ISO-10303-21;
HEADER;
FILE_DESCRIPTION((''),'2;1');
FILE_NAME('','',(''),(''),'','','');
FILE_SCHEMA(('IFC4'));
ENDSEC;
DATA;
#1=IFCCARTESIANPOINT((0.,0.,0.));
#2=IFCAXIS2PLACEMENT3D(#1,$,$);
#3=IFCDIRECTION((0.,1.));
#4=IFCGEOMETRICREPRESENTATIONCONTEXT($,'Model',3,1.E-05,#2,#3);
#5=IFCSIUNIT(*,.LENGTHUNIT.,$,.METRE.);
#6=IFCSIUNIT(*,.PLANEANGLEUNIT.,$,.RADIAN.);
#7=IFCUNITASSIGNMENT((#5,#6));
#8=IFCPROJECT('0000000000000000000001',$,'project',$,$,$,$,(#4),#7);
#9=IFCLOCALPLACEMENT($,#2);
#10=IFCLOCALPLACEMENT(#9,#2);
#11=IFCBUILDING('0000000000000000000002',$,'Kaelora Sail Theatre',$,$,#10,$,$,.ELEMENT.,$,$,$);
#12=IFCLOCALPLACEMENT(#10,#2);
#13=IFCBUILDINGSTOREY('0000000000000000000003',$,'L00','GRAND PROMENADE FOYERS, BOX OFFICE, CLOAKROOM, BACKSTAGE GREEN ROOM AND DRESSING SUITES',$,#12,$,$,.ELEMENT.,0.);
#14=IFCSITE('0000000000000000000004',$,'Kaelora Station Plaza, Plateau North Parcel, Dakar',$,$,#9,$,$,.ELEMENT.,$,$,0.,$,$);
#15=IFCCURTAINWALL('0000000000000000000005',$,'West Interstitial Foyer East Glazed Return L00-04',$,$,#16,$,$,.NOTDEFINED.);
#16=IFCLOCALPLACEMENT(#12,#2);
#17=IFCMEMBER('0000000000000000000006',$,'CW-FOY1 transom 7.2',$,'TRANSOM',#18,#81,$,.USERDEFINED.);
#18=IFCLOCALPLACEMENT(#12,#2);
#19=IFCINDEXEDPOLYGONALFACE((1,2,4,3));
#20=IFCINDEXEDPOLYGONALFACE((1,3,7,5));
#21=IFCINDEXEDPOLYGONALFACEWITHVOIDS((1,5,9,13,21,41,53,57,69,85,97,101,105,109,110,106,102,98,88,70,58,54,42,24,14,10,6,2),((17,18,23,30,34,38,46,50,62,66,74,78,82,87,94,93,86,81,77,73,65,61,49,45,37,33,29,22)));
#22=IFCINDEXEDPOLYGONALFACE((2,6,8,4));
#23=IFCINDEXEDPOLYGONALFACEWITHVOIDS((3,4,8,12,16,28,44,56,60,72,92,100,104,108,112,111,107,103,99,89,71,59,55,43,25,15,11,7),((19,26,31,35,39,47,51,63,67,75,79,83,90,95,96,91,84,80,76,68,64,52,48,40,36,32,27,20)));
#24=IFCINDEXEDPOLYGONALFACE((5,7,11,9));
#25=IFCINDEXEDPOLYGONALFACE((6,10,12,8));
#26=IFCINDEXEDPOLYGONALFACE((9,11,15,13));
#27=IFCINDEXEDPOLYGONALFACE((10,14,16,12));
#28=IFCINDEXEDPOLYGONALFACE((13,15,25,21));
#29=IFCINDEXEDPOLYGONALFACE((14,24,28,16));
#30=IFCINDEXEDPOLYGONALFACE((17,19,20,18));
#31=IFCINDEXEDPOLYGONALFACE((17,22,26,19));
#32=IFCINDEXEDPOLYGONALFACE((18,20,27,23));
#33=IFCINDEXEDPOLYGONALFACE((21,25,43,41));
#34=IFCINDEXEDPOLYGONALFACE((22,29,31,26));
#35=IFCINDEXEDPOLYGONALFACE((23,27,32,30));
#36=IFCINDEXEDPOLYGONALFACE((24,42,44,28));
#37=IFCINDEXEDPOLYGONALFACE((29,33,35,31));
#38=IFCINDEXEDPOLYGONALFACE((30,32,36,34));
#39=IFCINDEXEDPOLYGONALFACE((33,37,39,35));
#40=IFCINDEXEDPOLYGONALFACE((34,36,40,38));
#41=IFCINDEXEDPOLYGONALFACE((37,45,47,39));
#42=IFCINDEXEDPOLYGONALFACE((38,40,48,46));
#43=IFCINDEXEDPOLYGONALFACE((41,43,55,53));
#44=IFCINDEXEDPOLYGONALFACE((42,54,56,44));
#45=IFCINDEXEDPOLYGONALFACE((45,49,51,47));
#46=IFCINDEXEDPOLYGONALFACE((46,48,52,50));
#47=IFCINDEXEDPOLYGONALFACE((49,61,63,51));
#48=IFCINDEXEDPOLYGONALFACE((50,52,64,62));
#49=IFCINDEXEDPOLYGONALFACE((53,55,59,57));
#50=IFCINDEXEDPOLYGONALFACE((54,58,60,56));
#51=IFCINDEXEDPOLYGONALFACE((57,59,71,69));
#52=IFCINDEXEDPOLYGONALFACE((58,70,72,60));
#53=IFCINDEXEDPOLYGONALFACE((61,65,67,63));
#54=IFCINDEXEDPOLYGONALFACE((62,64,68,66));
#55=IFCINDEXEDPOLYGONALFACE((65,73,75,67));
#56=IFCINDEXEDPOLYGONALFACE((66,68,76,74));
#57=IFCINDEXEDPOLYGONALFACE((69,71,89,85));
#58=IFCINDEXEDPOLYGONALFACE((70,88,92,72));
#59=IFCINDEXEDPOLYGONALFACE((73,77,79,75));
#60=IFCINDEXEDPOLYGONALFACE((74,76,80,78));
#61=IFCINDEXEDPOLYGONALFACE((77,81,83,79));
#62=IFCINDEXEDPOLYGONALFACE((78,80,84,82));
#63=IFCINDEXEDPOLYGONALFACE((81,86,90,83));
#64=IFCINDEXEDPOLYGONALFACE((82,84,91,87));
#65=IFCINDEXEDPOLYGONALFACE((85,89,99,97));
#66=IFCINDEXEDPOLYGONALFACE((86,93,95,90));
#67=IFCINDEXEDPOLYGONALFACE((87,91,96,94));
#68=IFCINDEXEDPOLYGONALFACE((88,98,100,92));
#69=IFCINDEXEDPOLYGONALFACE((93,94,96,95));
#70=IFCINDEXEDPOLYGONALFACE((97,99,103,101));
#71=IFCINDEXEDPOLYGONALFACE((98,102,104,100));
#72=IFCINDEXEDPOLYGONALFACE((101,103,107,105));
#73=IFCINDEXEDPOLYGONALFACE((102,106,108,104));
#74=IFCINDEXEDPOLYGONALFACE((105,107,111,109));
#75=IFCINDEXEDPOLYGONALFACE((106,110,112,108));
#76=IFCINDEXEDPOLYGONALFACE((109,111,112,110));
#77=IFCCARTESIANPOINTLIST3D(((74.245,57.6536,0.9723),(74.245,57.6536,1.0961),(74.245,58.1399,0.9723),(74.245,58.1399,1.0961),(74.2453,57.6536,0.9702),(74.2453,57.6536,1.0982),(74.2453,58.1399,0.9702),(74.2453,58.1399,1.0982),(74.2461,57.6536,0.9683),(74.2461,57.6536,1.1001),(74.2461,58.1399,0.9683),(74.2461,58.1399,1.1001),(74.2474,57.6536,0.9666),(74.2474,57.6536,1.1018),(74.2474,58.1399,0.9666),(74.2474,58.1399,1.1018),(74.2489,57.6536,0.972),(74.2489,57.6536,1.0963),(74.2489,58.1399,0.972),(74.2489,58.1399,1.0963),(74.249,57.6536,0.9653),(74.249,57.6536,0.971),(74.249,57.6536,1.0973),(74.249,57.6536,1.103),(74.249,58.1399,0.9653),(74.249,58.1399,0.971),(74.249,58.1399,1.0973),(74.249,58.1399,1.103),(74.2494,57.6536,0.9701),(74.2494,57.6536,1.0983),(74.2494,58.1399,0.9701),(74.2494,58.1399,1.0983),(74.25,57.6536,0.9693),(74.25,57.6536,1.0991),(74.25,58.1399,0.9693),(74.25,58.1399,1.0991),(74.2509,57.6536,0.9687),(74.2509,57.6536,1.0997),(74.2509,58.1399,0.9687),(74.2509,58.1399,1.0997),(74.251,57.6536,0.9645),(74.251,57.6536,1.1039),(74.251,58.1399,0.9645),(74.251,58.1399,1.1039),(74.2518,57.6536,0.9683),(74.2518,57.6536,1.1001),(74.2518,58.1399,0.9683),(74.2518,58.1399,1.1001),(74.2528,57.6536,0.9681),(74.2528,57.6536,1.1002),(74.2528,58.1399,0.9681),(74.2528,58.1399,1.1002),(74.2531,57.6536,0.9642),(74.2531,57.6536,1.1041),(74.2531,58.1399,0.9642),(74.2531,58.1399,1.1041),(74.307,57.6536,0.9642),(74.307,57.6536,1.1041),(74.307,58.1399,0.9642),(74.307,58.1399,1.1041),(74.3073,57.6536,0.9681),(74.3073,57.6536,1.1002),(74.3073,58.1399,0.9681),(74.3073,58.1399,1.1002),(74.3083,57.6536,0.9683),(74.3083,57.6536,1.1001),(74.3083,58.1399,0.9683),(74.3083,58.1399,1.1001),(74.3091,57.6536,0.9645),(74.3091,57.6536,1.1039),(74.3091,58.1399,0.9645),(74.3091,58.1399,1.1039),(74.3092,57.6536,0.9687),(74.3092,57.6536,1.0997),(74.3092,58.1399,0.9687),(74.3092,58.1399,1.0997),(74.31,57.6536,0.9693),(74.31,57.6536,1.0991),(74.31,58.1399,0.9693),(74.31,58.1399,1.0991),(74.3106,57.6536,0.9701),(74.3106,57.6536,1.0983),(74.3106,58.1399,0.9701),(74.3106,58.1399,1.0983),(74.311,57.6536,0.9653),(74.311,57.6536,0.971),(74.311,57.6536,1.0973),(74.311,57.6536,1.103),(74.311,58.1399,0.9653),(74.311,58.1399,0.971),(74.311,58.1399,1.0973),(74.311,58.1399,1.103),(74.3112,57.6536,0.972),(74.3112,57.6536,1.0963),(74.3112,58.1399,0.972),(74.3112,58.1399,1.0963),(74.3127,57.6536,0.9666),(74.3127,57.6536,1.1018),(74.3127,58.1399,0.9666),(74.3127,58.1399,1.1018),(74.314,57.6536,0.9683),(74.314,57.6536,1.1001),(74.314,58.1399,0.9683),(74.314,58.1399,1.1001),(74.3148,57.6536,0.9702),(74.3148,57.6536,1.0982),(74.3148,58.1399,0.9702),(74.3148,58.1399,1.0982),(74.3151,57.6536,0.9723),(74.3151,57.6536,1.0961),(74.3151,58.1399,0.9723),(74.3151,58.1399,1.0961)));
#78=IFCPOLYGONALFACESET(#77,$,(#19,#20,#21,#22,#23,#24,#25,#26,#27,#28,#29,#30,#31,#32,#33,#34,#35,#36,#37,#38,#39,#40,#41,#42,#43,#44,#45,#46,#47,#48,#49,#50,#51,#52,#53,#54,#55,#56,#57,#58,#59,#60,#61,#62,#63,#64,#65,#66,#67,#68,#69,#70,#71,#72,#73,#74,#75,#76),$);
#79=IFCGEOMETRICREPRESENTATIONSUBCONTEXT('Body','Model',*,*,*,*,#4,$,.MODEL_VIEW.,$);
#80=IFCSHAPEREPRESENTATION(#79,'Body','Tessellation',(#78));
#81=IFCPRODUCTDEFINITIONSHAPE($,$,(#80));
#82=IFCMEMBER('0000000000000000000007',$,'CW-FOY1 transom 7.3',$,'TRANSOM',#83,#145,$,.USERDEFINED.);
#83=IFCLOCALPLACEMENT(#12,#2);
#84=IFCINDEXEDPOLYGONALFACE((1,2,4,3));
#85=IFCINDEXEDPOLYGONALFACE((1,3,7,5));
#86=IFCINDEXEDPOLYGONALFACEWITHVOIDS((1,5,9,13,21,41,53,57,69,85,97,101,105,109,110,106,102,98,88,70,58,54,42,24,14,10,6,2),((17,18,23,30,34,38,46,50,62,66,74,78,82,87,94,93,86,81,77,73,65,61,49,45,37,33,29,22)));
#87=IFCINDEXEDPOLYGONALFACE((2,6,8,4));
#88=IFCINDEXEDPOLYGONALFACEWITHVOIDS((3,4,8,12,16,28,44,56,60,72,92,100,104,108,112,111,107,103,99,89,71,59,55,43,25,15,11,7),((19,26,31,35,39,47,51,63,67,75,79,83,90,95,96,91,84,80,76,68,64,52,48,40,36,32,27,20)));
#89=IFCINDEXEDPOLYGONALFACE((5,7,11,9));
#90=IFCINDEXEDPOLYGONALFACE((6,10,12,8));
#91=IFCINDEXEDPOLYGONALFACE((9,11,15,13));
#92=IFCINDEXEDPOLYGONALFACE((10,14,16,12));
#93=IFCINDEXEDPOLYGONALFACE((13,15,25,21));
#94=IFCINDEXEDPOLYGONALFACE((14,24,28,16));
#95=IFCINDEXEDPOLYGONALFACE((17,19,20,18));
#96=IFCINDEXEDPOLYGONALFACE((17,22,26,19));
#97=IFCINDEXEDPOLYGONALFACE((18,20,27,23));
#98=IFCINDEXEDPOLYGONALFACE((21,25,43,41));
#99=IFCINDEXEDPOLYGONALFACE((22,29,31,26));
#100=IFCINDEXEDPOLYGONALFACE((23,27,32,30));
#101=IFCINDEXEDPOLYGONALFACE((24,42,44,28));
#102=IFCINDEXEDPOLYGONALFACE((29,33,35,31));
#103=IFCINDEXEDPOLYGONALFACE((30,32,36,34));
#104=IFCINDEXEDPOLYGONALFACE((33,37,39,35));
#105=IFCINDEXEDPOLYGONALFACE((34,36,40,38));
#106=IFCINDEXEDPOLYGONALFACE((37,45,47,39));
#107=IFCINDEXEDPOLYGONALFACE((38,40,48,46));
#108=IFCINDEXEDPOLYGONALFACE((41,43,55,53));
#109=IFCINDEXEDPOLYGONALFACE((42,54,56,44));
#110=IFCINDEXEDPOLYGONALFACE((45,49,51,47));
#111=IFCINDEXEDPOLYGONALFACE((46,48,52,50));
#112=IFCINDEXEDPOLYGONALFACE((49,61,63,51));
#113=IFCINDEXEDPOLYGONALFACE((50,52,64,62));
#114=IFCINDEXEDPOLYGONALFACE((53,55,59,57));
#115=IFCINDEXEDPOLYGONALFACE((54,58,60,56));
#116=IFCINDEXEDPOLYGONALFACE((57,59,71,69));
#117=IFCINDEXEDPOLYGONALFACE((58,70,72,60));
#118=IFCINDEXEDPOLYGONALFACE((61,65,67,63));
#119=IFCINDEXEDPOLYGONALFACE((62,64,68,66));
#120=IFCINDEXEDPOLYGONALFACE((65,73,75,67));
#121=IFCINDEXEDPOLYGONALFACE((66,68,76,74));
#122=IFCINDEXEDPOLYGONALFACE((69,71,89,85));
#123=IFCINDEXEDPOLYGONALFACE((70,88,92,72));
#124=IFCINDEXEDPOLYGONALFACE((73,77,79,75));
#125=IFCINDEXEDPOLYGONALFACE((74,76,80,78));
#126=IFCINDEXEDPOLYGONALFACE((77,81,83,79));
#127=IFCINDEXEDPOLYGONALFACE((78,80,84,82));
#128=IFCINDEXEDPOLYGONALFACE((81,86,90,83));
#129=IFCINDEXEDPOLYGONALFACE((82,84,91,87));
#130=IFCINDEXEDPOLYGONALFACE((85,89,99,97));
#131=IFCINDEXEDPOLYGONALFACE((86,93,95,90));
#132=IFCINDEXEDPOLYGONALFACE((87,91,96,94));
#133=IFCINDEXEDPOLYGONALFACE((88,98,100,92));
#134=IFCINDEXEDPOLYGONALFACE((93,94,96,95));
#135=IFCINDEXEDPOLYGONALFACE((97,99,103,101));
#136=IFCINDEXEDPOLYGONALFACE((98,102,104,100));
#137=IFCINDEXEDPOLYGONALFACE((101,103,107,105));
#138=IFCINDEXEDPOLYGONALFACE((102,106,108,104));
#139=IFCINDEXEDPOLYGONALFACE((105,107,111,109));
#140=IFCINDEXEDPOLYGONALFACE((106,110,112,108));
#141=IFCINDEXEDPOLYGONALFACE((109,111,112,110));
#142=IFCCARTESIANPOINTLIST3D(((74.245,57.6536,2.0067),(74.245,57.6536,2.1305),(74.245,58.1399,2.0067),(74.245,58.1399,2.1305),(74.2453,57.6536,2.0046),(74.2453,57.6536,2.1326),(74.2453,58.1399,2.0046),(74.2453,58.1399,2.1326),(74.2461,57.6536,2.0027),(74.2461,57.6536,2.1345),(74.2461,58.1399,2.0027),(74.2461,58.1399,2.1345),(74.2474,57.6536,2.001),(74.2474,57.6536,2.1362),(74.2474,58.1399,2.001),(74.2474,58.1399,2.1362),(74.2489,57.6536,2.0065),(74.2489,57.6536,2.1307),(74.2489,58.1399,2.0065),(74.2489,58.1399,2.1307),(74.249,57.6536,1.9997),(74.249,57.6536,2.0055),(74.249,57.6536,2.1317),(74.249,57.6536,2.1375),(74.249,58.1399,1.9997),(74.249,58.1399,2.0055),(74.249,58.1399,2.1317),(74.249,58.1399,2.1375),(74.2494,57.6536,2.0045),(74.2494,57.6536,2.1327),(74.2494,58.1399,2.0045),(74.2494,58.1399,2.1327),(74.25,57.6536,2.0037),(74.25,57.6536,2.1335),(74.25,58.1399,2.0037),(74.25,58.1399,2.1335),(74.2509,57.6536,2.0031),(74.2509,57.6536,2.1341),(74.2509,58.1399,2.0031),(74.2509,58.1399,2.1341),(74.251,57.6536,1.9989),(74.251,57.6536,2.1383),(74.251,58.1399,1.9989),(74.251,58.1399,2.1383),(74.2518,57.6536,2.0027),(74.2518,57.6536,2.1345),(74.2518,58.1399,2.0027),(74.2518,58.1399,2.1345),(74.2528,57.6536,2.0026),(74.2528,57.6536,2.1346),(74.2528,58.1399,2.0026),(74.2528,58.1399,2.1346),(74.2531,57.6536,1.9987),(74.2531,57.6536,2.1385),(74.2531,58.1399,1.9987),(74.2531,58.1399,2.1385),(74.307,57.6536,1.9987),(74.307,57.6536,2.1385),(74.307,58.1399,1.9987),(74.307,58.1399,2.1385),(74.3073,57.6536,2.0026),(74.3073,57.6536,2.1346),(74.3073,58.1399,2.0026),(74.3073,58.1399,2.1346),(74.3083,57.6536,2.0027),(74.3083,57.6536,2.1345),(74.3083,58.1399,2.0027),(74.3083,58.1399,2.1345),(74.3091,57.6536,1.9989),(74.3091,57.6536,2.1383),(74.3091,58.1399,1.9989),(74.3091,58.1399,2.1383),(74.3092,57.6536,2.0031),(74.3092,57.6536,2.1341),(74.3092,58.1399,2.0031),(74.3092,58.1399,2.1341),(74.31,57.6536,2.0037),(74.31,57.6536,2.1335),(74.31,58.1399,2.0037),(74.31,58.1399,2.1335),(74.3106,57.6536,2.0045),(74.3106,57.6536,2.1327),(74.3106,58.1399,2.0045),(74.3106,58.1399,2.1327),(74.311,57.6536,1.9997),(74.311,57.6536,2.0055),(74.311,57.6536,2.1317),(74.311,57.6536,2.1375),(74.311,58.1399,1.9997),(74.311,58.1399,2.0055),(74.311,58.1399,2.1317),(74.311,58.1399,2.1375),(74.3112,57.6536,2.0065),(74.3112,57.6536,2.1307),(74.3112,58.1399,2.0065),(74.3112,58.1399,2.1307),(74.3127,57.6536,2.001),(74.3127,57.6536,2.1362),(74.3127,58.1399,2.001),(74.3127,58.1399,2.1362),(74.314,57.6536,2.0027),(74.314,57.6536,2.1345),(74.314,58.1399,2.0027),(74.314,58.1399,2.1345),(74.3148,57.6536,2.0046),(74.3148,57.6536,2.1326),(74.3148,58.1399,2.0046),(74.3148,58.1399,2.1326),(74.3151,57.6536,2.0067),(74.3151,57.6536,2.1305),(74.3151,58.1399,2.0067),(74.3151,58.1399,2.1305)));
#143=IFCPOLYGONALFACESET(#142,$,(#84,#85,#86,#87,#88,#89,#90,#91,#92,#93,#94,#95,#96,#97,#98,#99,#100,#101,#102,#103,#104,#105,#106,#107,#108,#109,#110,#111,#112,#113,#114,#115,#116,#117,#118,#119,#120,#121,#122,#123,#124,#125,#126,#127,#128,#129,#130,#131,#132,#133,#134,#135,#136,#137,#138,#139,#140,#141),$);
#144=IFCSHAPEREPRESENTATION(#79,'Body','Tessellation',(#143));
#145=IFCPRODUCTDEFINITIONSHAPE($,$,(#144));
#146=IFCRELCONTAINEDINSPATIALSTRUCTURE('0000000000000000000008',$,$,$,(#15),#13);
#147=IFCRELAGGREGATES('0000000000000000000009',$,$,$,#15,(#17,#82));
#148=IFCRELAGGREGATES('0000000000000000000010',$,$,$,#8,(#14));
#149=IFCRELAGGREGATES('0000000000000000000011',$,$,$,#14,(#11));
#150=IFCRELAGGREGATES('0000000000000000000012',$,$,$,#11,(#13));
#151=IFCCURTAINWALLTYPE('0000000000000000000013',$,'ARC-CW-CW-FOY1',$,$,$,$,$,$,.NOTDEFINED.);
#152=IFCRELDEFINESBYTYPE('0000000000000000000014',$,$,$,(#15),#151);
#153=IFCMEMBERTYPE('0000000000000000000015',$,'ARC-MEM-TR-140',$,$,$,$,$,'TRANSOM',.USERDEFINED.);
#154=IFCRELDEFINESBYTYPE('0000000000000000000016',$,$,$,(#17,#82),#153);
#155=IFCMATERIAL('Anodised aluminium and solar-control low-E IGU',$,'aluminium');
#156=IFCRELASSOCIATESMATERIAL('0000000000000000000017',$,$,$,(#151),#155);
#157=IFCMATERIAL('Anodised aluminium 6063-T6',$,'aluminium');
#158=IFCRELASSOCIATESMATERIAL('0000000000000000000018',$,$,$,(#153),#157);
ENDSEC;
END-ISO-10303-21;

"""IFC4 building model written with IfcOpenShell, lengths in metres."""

from ifc_helpers import new_model, si_unit, direction, frame, origin, origin_2d, place, context, subcontext, project, spatial, hollow_rectangle, extrude, material, material_profile, profile_set, type_object, element, aggregate, save


model = new_model("IFC4")

# Units and contexts
model_context = context("Model", 3, precision=1e-05, world=origin(), true_north=direction((0.0, 1.0)))
body_context = subcontext(model_context, "Body", "Model", "MODEL_VIEW")
ifc_project = project(units=[si_unit("LENGTHUNIT", "METRE"), si_unit("PLANEANGLEUNIT", "RADIAN")], contexts=[model_context])

# Site, building, storey
site_placement = place(None, origin())
site = spatial("IfcSite", under=ifc_project, at=site_placement, Name="Kaelora Station Plaza, Plateau North Parcel, Dakar", CompositionType="ELEMENT", RefElevation=0.0)
building_placement = place(site_placement, origin())
building = spatial("IfcBuilding", under=site, at=building_placement, Name="Kaelora Sail Theatre", CompositionType="ELEMENT")
storey_placement = place(building_placement, origin())
storey = spatial("IfcBuildingStorey", under=building, at=storey_placement, Name="L00", Description="GRAND PROMENADE FOYERS, BOX OFFICE, CLOAKROOM, BACKSTAGE GREEN ROOM AND DRESSING SUITES", CompositionType="ELEMENT", Elevation=0.0)

# Curtain wall
ifc_material_1 = material(Name="Anodised aluminium and solar-control low-E IGU", Category="aluminium")
curtain_wall_type = type_object("IfcCurtainWallType", Name="ARC-CW-CW-FOY1", PredefinedType="NOTDEFINED", material=ifc_material_1)
curtain_wall_placement = place(storey_placement, origin())
curtain_wall = element("IfcCurtainWall", 1, at=curtain_wall_placement, inside=storey, type_object=curtain_wall_type, Name="West Interstitial Foyer East Glazed Return L00-04", PredefinedType="NOTDEFINED")

# Members
ifc_material_2 = material(Name="Anodised aluminium 6063-T6", Category="aluminium")
ifc_material_profile_1 = material_profile(ifc_material_2, hollow_rectangle(XDim=0.0701, YDim=0.1399, WallThickness=0.0039, InnerFilletRadius=0.0039, OuterFilletRadius=0.0081, at=origin_2d()), Name="ALU-TRAN 70x140x4")
ifc_profile_set_1 = profile_set([ifc_material_profile_1], Name="Anodised aluminium 6063-T6")
member_type_1 = type_object("IfcMemberType", Name="ARC-MEM-TR-140", ElementType="TRANSOM", PredefinedType="USERDEFINED", material=ifc_profile_set_1)
member_1_placement = place(storey_placement, frame((74.28, 57.6536, 1.0342), z_axis=(0.0, 1.0, 0.0), x_axis=(-1.0, 0.0, 0.0)))
member_1 = element("IfcMember", 2, at=member_1_placement, type_object=member_type_1, Name="CW-FOY1 transom 7.2", ObjectType="TRANSOM", PredefinedType="USERDEFINED", context=body_context, shape_type="SweptSolid", body=[
    extrude(hollow_rectangle(XDim=0.0701, YDim=0.1399, WallThickness=0.0039, InnerFilletRadius=0.0039, OuterFilletRadius=0.0081, at=origin_2d()), origin(), (0.0, 0.0, 1.0), 0.4863),
])
member_2_placement = place(storey_placement, frame((74.28, 57.6536, 2.0686), z_axis=(0.0, 1.0, 0.0), x_axis=(-1.0, 0.0, 0.0)))
member_2 = element("IfcMember", 3, at=member_2_placement, type_object=member_type_1, Name="CW-FOY1 transom 7.3", ObjectType="TRANSOM", PredefinedType="USERDEFINED", context=body_context, shape_type="SweptSolid", body=[
    extrude(hollow_rectangle(XDim=0.0701, YDim=0.1399, WallThickness=0.0039, InnerFilletRadius=0.0039, OuterFilletRadius=0.0081, at=origin_2d()), origin(), (0.0, 0.0, 1.0), 0.4863),
])

aggregate(curtain_wall, [member_1, member_2])

save(model, "model.ifc")
